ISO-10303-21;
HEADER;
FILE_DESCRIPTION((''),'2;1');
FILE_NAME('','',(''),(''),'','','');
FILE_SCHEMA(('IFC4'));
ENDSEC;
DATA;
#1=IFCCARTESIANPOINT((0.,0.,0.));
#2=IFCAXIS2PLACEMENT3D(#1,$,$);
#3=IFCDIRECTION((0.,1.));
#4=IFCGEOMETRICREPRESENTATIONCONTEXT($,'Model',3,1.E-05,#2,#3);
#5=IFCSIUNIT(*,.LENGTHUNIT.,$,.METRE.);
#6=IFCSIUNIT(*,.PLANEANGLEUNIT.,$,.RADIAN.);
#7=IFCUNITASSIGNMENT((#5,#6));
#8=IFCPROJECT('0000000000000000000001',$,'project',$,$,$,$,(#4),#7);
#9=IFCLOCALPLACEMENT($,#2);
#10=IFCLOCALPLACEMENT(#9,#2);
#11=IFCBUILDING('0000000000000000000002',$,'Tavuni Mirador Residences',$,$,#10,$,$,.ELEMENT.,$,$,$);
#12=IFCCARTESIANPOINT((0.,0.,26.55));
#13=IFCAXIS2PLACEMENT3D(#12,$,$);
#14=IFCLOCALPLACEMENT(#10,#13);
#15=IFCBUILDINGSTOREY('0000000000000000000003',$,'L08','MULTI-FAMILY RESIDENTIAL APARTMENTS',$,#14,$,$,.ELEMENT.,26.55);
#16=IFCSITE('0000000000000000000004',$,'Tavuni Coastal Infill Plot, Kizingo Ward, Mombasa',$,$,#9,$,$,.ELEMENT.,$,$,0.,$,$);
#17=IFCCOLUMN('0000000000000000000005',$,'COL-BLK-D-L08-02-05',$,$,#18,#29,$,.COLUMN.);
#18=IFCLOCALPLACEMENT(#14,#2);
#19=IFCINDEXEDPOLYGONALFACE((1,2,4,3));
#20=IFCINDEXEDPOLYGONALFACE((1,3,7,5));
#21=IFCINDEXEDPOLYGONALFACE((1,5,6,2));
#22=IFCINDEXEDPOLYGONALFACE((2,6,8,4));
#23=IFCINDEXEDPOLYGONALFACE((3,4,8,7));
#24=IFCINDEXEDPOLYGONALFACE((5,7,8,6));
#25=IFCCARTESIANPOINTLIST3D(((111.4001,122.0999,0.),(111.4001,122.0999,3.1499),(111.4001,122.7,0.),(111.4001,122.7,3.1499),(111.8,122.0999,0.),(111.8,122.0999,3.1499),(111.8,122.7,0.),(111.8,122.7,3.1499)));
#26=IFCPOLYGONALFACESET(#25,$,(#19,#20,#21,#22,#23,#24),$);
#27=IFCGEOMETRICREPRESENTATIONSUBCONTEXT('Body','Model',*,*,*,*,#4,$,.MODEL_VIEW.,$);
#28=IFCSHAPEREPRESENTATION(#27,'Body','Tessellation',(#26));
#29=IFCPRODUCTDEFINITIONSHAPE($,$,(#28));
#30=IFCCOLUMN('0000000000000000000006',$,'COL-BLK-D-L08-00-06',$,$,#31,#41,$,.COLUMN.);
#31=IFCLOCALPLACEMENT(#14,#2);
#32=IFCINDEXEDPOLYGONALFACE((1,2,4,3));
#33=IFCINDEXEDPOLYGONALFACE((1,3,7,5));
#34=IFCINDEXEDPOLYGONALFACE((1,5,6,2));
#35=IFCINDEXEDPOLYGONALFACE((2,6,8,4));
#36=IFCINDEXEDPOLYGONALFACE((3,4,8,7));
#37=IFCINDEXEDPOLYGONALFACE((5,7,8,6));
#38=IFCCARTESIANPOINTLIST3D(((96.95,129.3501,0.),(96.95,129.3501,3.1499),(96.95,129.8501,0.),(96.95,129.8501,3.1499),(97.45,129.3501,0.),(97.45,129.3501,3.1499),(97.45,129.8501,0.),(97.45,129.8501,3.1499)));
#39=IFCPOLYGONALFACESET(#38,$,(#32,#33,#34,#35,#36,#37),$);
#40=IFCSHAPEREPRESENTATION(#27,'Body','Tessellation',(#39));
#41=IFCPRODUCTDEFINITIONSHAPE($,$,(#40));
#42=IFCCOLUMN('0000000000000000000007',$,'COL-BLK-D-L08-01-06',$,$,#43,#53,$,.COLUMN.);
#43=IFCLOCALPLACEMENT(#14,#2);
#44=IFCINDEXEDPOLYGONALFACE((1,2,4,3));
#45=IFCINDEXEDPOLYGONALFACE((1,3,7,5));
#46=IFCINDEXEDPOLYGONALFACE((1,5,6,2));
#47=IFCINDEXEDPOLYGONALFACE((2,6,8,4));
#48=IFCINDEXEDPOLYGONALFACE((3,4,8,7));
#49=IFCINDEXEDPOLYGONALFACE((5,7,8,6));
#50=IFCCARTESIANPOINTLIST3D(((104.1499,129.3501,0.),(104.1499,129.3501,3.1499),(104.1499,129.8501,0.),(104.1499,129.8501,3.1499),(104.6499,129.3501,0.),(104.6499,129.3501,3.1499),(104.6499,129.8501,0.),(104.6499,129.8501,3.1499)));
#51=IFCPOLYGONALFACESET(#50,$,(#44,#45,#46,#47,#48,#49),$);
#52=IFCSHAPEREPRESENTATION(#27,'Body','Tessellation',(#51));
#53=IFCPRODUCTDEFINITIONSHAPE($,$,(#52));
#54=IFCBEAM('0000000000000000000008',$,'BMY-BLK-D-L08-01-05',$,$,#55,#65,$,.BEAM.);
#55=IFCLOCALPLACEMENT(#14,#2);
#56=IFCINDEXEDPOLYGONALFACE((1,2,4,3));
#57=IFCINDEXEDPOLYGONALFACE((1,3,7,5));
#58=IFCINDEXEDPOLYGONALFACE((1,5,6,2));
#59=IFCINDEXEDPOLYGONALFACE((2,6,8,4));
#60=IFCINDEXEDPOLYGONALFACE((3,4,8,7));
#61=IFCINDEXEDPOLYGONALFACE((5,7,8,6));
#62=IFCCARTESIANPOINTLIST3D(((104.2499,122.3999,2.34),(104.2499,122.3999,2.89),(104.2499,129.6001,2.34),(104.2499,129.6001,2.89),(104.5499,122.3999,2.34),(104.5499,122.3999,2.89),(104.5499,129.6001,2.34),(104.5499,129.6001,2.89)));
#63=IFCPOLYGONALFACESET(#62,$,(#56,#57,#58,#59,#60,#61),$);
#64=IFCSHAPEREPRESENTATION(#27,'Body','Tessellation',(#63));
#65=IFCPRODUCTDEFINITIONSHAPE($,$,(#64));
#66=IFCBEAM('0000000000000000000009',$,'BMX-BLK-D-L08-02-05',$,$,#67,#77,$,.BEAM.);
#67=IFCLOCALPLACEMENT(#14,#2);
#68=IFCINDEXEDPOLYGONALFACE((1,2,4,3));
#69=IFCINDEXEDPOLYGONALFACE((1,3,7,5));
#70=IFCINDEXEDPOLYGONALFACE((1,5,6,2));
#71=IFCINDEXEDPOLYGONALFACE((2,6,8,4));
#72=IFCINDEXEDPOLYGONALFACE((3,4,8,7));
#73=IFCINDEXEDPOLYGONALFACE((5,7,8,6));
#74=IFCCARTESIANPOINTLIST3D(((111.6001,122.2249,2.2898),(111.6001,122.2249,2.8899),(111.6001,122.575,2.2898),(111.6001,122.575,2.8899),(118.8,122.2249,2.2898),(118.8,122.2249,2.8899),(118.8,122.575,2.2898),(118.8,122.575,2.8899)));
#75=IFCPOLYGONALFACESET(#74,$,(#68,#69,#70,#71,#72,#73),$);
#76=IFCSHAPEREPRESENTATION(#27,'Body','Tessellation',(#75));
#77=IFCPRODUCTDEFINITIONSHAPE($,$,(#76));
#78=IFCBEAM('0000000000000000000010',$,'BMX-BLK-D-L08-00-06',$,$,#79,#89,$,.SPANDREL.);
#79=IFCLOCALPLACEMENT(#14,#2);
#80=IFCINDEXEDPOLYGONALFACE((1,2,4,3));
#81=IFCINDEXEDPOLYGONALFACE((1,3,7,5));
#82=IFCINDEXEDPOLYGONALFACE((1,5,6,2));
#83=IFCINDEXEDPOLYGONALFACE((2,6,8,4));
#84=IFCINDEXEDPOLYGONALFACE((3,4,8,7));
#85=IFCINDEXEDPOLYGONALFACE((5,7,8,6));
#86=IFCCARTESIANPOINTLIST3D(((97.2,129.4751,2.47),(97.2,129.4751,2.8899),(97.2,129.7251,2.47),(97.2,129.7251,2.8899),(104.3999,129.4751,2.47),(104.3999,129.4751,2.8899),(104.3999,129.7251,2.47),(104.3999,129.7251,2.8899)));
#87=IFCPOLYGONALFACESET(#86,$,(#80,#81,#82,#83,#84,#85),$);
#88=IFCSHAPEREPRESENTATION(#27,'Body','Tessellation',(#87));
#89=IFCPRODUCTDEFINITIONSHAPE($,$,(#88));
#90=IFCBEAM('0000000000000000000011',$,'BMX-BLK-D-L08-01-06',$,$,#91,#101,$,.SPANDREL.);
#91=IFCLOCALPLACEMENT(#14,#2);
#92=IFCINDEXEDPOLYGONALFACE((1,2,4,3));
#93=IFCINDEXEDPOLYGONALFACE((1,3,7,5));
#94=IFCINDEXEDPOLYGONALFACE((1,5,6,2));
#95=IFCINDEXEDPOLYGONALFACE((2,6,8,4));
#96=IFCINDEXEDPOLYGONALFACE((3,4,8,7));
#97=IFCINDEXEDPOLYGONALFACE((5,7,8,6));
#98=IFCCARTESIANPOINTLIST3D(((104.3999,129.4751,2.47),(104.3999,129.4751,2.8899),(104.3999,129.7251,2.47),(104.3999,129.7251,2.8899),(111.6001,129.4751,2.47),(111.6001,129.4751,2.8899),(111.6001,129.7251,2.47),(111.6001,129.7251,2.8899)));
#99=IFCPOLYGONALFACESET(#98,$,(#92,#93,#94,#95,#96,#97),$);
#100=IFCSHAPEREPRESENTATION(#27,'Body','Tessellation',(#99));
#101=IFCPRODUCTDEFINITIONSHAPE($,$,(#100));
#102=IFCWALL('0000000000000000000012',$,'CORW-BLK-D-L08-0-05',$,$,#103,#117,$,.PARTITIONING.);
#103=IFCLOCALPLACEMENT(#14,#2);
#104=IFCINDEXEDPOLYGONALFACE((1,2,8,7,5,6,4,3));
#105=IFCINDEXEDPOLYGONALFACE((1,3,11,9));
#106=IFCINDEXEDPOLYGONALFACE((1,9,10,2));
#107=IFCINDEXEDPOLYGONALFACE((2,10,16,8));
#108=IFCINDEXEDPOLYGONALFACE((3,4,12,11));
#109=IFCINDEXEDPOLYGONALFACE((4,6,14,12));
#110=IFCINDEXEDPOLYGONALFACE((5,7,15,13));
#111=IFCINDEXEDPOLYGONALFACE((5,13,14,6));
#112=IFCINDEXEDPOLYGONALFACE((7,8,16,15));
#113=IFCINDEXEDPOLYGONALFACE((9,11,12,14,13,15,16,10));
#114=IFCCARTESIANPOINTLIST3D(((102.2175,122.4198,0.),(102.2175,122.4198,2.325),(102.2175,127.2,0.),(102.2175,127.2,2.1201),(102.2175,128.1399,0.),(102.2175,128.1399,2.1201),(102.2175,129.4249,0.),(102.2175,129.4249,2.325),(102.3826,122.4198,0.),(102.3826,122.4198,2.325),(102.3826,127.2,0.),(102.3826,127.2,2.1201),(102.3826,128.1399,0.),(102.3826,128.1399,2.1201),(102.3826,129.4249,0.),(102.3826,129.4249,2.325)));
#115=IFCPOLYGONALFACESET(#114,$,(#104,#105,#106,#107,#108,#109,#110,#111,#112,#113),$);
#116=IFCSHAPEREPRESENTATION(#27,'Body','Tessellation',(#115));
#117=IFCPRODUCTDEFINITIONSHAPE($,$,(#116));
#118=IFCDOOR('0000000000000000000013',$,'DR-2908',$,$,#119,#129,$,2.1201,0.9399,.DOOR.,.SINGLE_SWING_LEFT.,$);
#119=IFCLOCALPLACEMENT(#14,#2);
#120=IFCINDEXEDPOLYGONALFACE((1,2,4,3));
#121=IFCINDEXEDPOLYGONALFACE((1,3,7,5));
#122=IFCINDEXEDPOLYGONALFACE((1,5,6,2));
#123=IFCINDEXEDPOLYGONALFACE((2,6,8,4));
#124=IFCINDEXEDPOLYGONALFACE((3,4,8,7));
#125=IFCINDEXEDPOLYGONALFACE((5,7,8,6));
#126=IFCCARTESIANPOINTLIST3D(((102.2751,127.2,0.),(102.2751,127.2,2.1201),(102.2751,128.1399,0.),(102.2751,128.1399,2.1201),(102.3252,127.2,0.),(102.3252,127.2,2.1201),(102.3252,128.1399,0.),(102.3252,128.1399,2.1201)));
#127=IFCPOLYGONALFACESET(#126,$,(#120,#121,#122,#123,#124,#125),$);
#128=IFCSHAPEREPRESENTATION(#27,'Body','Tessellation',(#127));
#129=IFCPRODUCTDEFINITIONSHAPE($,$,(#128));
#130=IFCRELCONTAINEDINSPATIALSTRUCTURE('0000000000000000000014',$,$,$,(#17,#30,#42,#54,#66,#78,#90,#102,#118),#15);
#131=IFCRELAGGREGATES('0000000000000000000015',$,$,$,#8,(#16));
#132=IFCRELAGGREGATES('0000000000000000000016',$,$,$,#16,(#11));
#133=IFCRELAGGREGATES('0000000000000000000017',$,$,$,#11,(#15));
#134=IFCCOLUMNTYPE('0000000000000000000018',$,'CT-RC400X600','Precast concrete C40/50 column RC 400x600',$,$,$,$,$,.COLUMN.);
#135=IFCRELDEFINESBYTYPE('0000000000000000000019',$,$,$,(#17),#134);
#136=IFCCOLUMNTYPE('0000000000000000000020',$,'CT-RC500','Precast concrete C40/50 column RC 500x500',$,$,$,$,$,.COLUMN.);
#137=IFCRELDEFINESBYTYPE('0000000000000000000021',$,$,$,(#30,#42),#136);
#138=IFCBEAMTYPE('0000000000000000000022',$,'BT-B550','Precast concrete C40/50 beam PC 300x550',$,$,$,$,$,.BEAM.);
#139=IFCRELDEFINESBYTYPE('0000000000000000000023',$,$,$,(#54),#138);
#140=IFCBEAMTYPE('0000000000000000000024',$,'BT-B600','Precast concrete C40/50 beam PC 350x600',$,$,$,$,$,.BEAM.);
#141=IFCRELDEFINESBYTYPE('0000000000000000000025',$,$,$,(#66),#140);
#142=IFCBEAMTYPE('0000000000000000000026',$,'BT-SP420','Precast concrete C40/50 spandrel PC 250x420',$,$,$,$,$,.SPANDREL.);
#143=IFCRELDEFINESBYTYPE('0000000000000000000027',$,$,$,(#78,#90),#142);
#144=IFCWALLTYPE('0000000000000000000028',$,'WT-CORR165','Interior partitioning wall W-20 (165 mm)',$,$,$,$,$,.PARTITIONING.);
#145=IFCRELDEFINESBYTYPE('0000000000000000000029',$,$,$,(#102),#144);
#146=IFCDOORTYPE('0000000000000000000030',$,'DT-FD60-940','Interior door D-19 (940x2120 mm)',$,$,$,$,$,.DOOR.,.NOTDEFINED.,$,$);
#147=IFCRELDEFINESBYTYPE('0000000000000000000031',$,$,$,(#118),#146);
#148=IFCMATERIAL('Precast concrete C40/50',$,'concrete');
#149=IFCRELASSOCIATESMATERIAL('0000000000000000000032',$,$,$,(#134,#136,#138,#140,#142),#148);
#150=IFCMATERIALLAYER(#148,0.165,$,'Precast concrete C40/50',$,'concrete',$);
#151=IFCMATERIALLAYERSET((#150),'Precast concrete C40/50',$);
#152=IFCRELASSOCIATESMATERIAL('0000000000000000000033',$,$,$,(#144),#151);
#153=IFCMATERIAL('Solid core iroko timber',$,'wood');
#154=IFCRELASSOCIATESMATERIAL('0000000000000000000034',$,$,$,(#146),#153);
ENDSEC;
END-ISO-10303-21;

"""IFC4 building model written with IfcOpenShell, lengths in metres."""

from ifc_helpers import new_model, si_unit, direction, frame, frame_2d, origin, origin_2d, place, context, subcontext, project, spatial, rectangle, extrude, material, layer, layer_set, material_profile, profile_set, type_object, element, fill, save


model = new_model("IFC4")

# Units and contexts
model_context = context("Model", 3, precision=1e-05, world=origin(), true_north=direction((0.0, 1.0)))
body_context = subcontext(model_context, "Body", "Model", "MODEL_VIEW")
ifc_project = project(units=[si_unit("LENGTHUNIT", "METRE"), si_unit("PLANEANGLEUNIT", "RADIAN")], contexts=[model_context])

# Site, building, storey
site_placement = place(None, origin())
site = spatial("IfcSite", under=ifc_project, at=site_placement, Name="Tavuni Coastal Infill Plot, Kizingo Ward, Mombasa", CompositionType="ELEMENT", RefElevation=0.0)
building_placement = place(site_placement, origin())
building = spatial("IfcBuilding", under=site, at=building_placement, Name="Tavuni Mirador Residences", CompositionType="ELEMENT")
storey_placement = place(building_placement, frame((0.0, 0.0, 26.55)))
storey = spatial("IfcBuildingStorey", under=building, at=storey_placement, Name="L08", Description="MULTI-FAMILY RESIDENTIAL APARTMENTS", CompositionType="ELEMENT", Elevation=26.55)

# Columns
ifc_material_1 = material(Name="Precast concrete C40/50", Category="concrete")
ifc_material_profile_1 = material_profile(ifc_material_1, rectangle(XDim=0.3999, YDim=0.6001, at=origin_2d()), Name="RC 400x600", Category="concrete")
ifc_profile_set_1 = profile_set([ifc_material_profile_1], Name="Precast concrete C40/50")
column_type_1 = type_object("IfcColumnType", Name="CT-RC400X600", Description="Precast concrete C40/50 column RC 400x600", PredefinedType="COLUMN", material=ifc_profile_set_1)
column_placement = place(storey_placement, frame((111.6001, 122.3999, 0.0), z_axis=(0.0, 0.0, 1.0), x_axis=(1.0, 0.0, 0.0)))
element("IfcColumn", 1, at=column_placement, inside=storey, type_object=column_type_1, Name="COL-BLK-D-L08-02-05", PredefinedType="COLUMN", context=body_context, shape_type="SweptSolid", body=[
    extrude(rectangle(XDim=0.3999, YDim=0.6001, at=origin_2d()), origin(), (0.0, 0.0, 1.0), 3.1499),
])
ifc_material_profile_2 = material_profile(ifc_material_1, rectangle(XDim=0.5, YDim=0.5, at=origin_2d()), Name="RC 500x500", Category="concrete")
ifc_profile_set_2 = profile_set([ifc_material_profile_2], Name="Precast concrete C40/50")
column_type_2 = type_object("IfcColumnType", Name="CT-RC500", Description="Precast concrete C40/50 column RC 500x500", PredefinedType="COLUMN", material=ifc_profile_set_2)
for number, where, z_axis, x_axis, name in (
    (2, (97.2, 129.6001, 0.0), (0.0, 0.0, 1.0), (1.0, 0.0, 0.0), "COL-BLK-D-L08-00-06"),
    (3, (104.3999, 129.6001, 0.0), (0.0, 0.0, 1.0), (1.0, 0.0, 0.0), "COL-BLK-D-L08-01-06"),
):
    element("IfcColumn", number, at=place(storey_placement, frame(where, z_axis=z_axis, x_axis=x_axis)), inside=storey, type_object=column_type_2, Name=name, PredefinedType="COLUMN", context=body_context, shape_type="SweptSolid", body=[
        extrude(rectangle(XDim=0.5, YDim=0.5, at=origin_2d()), origin(), (0.0, 0.0, 1.0), 3.1499),
    ])

# Beams
ifc_material_profile_3 = material_profile(ifc_material_1, rectangle(XDim=0.3, YDim=0.55, at=origin_2d()), Name="PC 300x550", Category="concrete")
ifc_profile_set_3 = profile_set([ifc_material_profile_3], Name="Precast concrete C40/50")
beam_type_1 = type_object("IfcBeamType", Name="BT-B550", Description="Precast concrete C40/50 beam PC 300x550", PredefinedType="BEAM", material=ifc_profile_set_3)
beam_1_placement = place(storey_placement, frame((104.3999, 122.3999, 2.615), z_axis=(0.0, 1.0, 0.0), x_axis=(-1.0, 0.0, 0.0)))
element("IfcBeam", 4, at=beam_1_placement, inside=storey, type_object=beam_type_1, Name="BMY-BLK-D-L08-01-05", PredefinedType="BEAM", context=body_context, shape_type="SweptSolid", body=[
    extrude(rectangle(XDim=0.3, YDim=0.55, at=origin_2d()), origin(), (0.0, 0.0, 1.0), 7.2002),
])
ifc_material_profile_4 = material_profile(ifc_material_1, rectangle(XDim=0.3501, YDim=0.6001, at=origin_2d()), Name="PC 350x600", Category="concrete")
ifc_profile_set_4 = profile_set([ifc_material_profile_4], Name="Precast concrete C40/50")
beam_type_2 = type_object("IfcBeamType", Name="BT-B600", Description="Precast concrete C40/50 beam PC 350x600", PredefinedType="BEAM", material=ifc_profile_set_4)
beam_2_placement = place(storey_placement, frame((111.6001, 122.3999, 2.5898), z_axis=(1.0, 0.0, 0.0), x_axis=(0.0, 1.0, 0.0)))
element("IfcBeam", 5, at=beam_2_placement, inside=storey, type_object=beam_type_2, Name="BMX-BLK-D-L08-02-05", PredefinedType="BEAM", context=body_context, shape_type="SweptSolid", body=[
    extrude(rectangle(XDim=0.3501, YDim=0.6001, at=origin_2d()), origin(), (0.0, 0.0, 1.0), 7.2),
])
ifc_material_profile_5 = material_profile(ifc_material_1, rectangle(XDim=0.25, YDim=0.4199, at=origin_2d()), Name="PC 250x420", Category="concrete")
ifc_profile_set_5 = profile_set([ifc_material_profile_5], Name="Precast concrete C40/50")
beam_type_3 = type_object("IfcBeamType", Name="BT-SP420", Description="Precast concrete C40/50 spandrel PC 250x420", PredefinedType="SPANDREL", material=ifc_profile_set_5)
beam_3_placement = place(storey_placement, frame((97.2, 129.6001, 2.6799), z_axis=(1.0, 0.0, 0.0), x_axis=(0.0, 1.0, 0.0)))
element("IfcBeam", 6, at=beam_3_placement, inside=storey, type_object=beam_type_3, Name="BMX-BLK-D-L08-00-06", PredefinedType="SPANDREL", context=body_context, shape_type="SweptSolid", body=[
    extrude(rectangle(XDim=0.25, YDim=0.4199, at=origin_2d()), origin(), (0.0, 0.0, 1.0), 7.2),
])
beam_4_placement = place(storey_placement, frame((104.3999, 129.6001, 2.6799), z_axis=(1.0, 0.0, 0.0), x_axis=(0.0, 1.0, 0.0)))
element("IfcBeam", 7, at=beam_4_placement, inside=storey, type_object=beam_type_3, Name="BMX-BLK-D-L08-01-06", PredefinedType="SPANDREL", context=body_context, shape_type="SweptSolid", body=[
    extrude(rectangle(XDim=0.25, YDim=0.4199, at=origin_2d()), origin(), (0.0, 0.0, 1.0), 7.2002),
])

# Wall, opening, door
ifc_layer_1 = layer(ifc_material_1, 0.165, Name="Precast concrete C40/50", Category="concrete")
ifc_layer_set_1 = layer_set([ifc_layer_1], Name="Precast concrete C40/50")
wall_type_1 = type_object("IfcWallType", Name="WT-CORR165", Description="Interior partitioning wall W-20 (165 mm)", PredefinedType="PARTITIONING", material=ifc_layer_set_1)
wall_1_placement = place(storey_placement, frame((102.3, 122.4199, 0.0), z_axis=(0.0, 0.0, 1.0), x_axis=(0.0, 1.0, 0.0)))
wall_1 = element("IfcWall", 8, at=wall_1_placement, inside=storey, type_object=wall_type_1, Name="CORW-BLK-D-L08-0-05", PredefinedType="PARTITIONING", context=body_context, shape_type="SweptSolid", body=[
    extrude(rectangle(XDim=7.0051, YDim=0.165, at=frame_2d((3.5024, 0.0))), origin(), (0.0, 0.0, 1.0), 2.325),
])
opening_1_placement = place(wall_1_placement, frame((4.78, 0.0, 0.0)))
opening_1 = element("IfcOpeningElement", 9, at=opening_1_placement, cuts=wall_1, PredefinedType="OPENING", context=body_context, shape_type="SweptSolid", body=[
    extrude(rectangle(XDim=0.9399, YDim=2.1201, at=frame_2d((0.47, 1.0601))), frame((0.0, 0.0925, 0.0), z_axis=(0.0, -1.0, 0.0), x_axis=(1.0, 0.0, 0.0)), (0.0, 0.0, 1.0), 0.1851),
])
ifc_material_2 = material(Name="Solid core iroko timber", Category="wood")
door_type_1 = type_object("IfcDoorType", Name="DT-FD60-940", Description="Interior door D-19 (940x2120 mm)", OperationType="NOTDEFINED", PredefinedType="DOOR", material=ifc_material_2)
door_1_placement = place(opening_1_placement, origin())
door_1 = element("IfcDoor", 10, at=door_1_placement, inside=storey, type_object=door_type_1, Name="DR-2908", OperationType="SINGLE_SWING_LEFT", OverallHeight=2.1201, OverallWidth=0.9399, PredefinedType="DOOR", context=body_context, shape_type="SweptSolid", body=[
    extrude(rectangle(XDim=0.9399, YDim=2.1201, at=frame_2d((0.47, 1.0601))), frame((0.0, 0.0249, 0.0), z_axis=(0.0, -1.0, 0.0), x_axis=(1.0, 0.0, 0.0)), (0.0, 0.0, 1.0), 0.05),
])
fill(opening_1, door_1)

save(model, "model.ifc")
